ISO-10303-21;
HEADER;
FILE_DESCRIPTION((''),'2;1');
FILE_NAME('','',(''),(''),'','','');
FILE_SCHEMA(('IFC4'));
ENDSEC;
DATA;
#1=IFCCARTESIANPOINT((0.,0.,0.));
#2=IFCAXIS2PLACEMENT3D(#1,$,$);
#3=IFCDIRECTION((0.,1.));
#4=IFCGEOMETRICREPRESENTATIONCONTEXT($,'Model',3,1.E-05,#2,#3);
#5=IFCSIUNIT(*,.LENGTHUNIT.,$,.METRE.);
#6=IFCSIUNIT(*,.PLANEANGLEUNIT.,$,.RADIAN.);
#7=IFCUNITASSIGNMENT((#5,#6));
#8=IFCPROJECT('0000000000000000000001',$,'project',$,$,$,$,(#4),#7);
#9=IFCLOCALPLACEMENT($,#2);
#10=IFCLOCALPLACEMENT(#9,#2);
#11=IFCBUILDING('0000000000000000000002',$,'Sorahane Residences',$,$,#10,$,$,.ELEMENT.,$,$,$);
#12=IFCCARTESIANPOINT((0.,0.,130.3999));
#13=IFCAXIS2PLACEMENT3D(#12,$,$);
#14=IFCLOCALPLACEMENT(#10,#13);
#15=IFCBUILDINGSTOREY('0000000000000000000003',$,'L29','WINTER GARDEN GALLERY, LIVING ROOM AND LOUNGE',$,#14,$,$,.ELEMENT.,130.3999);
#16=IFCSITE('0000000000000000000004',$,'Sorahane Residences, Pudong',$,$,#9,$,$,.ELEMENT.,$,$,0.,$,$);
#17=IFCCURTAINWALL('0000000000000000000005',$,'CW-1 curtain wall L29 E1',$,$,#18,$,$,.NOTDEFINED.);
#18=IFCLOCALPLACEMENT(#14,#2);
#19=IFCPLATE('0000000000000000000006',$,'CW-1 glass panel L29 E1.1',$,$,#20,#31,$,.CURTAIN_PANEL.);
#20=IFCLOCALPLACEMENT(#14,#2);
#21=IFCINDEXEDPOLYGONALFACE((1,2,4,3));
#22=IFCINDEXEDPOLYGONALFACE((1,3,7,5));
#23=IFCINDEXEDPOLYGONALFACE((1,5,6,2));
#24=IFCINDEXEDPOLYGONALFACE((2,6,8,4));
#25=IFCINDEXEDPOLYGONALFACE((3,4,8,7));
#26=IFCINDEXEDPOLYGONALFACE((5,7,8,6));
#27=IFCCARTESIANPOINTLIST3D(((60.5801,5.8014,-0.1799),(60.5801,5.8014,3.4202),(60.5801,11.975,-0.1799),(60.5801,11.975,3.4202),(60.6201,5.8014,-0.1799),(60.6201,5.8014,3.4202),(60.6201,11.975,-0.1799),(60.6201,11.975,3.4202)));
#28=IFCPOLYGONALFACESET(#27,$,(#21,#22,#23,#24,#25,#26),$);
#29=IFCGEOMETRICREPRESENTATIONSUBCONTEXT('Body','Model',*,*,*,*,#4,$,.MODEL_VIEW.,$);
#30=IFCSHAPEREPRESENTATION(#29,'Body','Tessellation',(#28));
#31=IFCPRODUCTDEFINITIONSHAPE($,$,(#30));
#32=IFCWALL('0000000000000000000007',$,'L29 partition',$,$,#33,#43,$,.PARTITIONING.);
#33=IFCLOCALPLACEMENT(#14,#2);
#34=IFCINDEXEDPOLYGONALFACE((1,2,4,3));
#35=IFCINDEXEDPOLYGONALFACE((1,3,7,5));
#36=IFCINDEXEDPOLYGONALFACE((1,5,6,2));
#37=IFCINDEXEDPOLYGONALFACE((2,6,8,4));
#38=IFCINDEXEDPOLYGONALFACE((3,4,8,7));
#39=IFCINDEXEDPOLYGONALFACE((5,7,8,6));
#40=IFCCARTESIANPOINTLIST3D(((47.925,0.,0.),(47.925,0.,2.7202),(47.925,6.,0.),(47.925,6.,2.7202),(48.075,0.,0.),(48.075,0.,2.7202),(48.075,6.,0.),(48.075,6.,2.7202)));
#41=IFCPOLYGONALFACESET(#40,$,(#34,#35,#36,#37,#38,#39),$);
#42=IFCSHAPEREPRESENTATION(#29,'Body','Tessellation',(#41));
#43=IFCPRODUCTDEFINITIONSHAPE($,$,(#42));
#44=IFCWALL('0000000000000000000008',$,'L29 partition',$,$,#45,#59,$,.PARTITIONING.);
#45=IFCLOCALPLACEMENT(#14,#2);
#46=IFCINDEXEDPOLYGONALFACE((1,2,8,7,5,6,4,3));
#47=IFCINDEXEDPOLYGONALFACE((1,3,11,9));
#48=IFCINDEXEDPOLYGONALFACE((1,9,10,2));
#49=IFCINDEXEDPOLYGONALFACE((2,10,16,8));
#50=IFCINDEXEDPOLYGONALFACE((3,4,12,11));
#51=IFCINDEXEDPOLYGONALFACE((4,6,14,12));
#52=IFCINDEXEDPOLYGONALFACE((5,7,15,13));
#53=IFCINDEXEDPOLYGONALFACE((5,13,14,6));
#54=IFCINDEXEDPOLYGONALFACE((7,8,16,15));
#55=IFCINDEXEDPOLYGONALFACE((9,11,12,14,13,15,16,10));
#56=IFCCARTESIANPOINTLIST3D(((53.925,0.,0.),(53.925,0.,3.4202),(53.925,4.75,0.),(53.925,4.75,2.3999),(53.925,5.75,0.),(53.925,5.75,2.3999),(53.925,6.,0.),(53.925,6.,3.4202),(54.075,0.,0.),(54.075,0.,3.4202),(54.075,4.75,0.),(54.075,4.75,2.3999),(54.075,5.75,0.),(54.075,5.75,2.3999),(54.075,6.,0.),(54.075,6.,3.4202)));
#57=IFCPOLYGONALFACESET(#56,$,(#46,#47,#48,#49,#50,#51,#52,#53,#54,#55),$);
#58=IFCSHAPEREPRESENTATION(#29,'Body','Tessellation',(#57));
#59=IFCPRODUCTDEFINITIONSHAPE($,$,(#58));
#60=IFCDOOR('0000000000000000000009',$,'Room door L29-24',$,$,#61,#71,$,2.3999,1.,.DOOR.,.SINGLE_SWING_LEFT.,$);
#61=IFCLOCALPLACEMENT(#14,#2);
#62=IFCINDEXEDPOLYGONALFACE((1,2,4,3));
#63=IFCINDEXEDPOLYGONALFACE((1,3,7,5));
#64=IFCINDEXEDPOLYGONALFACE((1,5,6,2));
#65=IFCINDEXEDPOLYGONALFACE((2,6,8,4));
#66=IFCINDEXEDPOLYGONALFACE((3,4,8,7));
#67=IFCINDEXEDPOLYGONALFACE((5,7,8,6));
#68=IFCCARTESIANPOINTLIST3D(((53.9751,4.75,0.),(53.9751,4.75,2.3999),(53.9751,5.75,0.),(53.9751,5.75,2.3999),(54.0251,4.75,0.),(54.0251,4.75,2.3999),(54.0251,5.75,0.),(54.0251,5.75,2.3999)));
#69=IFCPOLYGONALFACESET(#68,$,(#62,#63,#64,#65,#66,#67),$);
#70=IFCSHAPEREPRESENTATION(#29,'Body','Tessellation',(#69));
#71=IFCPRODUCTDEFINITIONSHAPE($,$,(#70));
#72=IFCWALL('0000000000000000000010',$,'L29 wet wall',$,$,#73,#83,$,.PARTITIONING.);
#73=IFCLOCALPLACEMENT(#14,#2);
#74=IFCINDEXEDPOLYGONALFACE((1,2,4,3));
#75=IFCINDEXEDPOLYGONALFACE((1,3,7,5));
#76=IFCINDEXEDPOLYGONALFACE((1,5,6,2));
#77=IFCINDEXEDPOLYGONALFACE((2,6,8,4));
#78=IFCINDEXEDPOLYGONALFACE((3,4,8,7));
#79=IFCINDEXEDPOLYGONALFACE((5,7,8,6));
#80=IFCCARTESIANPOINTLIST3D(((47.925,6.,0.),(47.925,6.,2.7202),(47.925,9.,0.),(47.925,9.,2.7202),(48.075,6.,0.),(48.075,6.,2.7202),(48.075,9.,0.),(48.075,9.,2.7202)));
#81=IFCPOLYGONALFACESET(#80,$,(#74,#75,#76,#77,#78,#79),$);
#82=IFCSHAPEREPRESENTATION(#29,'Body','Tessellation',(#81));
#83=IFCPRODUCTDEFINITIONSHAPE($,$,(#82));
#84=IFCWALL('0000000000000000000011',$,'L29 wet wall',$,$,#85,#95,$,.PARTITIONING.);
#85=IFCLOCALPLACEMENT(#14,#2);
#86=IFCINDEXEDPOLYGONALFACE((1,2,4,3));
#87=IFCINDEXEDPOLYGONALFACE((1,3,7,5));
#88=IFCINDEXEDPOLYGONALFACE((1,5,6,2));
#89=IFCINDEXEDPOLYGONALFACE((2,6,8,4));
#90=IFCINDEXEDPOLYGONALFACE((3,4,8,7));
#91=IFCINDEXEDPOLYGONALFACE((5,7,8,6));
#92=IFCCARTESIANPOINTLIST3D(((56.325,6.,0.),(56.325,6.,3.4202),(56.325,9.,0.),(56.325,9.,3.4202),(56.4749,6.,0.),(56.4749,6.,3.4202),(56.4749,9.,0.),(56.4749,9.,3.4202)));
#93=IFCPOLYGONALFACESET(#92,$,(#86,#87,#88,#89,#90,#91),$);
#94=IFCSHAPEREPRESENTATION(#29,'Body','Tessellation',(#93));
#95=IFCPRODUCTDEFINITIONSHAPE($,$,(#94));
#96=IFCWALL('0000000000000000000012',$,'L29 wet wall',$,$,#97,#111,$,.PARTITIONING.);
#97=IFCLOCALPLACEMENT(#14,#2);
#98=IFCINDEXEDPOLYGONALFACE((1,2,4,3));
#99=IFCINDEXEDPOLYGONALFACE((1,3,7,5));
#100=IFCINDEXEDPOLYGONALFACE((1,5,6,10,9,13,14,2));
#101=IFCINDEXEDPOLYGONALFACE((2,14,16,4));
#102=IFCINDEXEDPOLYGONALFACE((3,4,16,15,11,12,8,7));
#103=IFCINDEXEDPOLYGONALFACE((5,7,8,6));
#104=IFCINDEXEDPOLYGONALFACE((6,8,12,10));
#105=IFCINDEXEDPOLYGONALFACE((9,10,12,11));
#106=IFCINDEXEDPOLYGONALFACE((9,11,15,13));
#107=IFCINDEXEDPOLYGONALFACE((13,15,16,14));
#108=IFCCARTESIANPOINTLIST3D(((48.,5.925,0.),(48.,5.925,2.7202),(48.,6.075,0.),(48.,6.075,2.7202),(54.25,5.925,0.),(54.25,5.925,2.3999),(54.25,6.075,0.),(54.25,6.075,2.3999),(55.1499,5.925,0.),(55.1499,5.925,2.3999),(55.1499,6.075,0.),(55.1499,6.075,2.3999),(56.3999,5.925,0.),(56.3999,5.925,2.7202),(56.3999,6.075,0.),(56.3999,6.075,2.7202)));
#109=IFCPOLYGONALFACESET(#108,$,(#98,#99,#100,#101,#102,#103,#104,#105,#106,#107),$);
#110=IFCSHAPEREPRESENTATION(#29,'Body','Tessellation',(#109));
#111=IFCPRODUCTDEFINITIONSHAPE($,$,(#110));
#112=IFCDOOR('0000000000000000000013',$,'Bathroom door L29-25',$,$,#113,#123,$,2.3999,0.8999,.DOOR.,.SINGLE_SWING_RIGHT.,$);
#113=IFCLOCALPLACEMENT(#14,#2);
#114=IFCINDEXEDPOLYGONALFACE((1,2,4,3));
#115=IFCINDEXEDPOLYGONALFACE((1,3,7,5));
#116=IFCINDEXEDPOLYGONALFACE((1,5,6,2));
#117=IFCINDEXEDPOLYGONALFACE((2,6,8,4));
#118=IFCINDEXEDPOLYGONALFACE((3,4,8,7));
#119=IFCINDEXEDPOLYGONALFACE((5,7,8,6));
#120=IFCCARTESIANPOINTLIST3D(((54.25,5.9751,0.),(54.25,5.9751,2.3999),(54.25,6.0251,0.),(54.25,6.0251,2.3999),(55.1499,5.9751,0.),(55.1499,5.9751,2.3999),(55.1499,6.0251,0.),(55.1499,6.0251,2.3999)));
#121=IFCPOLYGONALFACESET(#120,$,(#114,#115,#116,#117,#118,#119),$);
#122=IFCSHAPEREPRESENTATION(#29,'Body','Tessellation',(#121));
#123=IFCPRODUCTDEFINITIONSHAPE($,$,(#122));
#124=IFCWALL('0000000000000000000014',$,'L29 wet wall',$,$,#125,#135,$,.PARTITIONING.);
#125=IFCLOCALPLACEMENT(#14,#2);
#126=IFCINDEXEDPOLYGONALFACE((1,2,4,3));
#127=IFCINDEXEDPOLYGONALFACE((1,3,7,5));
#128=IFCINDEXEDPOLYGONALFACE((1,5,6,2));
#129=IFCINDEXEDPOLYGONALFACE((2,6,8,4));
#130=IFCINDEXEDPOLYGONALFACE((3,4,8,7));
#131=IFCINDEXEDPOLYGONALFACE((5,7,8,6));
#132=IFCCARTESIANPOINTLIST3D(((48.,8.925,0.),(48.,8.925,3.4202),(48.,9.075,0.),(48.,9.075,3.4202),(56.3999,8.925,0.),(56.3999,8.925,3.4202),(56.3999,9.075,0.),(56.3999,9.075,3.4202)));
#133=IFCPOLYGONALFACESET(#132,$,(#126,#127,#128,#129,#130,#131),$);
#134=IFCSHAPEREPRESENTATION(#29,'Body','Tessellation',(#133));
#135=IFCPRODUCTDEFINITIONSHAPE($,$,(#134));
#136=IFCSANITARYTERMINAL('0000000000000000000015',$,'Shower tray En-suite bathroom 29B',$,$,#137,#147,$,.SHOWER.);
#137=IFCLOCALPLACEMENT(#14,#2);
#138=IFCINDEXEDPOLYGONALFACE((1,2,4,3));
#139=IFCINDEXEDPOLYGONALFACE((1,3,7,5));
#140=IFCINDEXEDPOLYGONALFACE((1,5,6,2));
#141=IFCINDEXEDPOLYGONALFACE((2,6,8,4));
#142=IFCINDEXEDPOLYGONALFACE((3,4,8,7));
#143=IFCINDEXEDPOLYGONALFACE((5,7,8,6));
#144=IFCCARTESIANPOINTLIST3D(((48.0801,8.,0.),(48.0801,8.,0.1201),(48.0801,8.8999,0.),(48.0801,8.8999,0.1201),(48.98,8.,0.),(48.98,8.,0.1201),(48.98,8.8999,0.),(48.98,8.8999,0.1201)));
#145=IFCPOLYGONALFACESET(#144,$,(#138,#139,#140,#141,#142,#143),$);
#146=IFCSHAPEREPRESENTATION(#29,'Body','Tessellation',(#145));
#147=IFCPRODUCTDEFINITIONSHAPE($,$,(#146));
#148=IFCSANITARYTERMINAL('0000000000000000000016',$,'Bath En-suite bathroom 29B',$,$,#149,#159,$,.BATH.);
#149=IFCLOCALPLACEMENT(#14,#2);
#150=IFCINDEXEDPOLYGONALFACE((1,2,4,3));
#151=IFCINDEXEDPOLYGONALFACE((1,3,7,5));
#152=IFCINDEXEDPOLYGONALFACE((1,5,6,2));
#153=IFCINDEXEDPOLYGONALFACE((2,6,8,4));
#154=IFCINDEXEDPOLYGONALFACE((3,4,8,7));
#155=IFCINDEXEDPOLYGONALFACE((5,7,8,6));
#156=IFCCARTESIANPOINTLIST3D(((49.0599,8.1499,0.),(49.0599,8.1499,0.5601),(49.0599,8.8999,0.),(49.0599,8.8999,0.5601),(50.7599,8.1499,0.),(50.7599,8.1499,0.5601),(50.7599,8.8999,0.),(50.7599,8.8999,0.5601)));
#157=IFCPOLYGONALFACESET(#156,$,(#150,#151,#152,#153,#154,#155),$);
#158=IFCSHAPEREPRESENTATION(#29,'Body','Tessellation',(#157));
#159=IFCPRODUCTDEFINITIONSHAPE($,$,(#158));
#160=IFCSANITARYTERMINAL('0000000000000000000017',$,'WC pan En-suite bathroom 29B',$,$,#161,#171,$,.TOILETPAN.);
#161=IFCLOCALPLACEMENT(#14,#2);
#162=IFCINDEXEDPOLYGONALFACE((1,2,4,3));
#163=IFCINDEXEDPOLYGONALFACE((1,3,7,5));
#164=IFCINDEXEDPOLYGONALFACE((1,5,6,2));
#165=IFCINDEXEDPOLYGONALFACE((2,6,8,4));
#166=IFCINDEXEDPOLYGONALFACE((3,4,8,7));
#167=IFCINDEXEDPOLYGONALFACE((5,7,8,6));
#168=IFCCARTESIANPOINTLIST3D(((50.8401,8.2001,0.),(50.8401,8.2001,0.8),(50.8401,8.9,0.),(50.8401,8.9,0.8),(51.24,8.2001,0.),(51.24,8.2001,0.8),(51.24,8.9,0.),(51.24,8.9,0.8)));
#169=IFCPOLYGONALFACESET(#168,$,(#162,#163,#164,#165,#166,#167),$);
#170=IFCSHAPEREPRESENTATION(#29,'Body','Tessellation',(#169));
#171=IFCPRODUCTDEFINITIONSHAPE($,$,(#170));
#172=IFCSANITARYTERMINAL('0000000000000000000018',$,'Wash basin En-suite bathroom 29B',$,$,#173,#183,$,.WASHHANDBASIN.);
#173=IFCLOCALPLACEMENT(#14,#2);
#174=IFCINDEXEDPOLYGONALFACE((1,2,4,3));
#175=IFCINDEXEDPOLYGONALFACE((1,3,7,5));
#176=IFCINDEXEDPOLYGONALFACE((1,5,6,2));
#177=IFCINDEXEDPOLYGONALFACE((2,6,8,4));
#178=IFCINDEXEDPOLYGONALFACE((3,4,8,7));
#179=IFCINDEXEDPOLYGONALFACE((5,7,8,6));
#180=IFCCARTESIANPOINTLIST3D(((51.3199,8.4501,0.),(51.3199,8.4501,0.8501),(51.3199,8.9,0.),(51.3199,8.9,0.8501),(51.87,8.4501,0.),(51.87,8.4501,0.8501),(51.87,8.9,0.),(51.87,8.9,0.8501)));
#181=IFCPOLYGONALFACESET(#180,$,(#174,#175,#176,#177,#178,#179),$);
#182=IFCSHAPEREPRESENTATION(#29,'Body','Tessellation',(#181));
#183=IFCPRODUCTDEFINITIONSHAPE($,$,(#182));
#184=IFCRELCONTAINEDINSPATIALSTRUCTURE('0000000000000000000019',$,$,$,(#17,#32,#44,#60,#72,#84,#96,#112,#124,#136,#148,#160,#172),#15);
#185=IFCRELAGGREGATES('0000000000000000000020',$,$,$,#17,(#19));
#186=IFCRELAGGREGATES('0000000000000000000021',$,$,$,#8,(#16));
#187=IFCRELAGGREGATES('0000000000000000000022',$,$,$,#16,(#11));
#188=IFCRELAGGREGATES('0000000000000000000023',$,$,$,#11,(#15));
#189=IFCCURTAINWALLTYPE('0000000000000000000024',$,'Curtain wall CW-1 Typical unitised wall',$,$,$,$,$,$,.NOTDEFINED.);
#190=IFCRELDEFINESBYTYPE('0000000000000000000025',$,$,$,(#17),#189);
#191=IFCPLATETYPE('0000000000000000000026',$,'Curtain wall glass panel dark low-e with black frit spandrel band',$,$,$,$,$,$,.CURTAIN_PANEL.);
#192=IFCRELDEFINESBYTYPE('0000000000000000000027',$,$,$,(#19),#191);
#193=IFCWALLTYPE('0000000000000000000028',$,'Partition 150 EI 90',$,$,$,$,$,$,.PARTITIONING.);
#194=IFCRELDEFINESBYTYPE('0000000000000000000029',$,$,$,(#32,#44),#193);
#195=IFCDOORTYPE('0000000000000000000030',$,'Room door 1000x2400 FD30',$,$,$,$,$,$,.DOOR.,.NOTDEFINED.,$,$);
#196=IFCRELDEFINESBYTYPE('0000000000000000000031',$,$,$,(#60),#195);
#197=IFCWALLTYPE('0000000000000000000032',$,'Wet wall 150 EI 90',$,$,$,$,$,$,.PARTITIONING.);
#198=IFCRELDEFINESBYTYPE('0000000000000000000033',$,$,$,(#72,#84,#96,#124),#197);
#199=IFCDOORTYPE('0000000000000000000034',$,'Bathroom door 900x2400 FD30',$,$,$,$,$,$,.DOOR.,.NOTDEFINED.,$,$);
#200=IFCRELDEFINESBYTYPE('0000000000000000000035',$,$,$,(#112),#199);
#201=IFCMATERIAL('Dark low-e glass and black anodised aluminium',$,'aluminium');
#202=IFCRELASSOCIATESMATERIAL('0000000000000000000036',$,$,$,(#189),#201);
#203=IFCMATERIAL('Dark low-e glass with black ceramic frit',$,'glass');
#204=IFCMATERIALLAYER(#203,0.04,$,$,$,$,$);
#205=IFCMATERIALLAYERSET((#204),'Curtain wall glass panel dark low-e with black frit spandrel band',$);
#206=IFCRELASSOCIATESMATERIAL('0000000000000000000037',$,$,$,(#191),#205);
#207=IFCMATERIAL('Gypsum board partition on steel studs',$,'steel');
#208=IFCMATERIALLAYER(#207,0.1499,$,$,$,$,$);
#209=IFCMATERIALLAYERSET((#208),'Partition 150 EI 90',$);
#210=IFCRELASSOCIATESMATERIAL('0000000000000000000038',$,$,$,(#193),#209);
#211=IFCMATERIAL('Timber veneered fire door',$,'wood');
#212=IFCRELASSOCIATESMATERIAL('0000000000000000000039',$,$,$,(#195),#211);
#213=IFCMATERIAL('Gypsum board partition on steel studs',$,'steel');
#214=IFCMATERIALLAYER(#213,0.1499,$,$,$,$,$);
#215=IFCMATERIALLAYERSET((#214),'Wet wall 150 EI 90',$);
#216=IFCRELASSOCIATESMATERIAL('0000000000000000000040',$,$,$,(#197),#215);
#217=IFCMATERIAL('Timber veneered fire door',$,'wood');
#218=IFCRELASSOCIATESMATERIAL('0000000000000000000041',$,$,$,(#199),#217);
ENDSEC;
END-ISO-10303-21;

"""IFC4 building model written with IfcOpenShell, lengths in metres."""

from ifc_helpers import new_model, si_unit, direction, frame, frame_2d, origin, origin_2d, place, context, subcontext, project, spatial, rectangle, extrude, material, layer, layer_set, type_object, element, fill, aggregate, save


model = new_model("IFC4")

# Units and contexts
model_context = context("Model", 3, precision=1e-05, world=origin(), true_north=direction((0.0, 1.0)))
body_context = subcontext(model_context, "Body", "Model", "MODEL_VIEW")
ifc_project = project(units=[si_unit("LENGTHUNIT", "METRE"), si_unit("PLANEANGLEUNIT", "RADIAN")], contexts=[model_context])

# Site, building, storey
site_placement = place(None, origin())
site = spatial("IfcSite", under=ifc_project, at=site_placement, Name="Sorahane Residences, Pudong", CompositionType="ELEMENT", RefElevation=0.0)
building_placement = place(site_placement, origin())
building = spatial("IfcBuilding", under=site, at=building_placement, Name="Sorahane Residences", CompositionType="ELEMENT")
storey_placement = place(building_placement, frame((0.0, 0.0, 130.3999)))
storey = spatial("IfcBuildingStorey", under=building, at=storey_placement, Name="L29", Description="WINTER GARDEN GALLERY, LIVING ROOM AND LOUNGE", CompositionType="ELEMENT", Elevation=130.3999)

# Shared definitions
ifc_material_1 = material(Name="Dark low-e glass and black anodised aluminium", Category="aluminium")
curtain_wall_type_1 = type_object("IfcCurtainWallType", Name="Curtain wall CW-1 Typical unitised wall", PredefinedType="NOTDEFINED", material=ifc_material_1)

# Curtain wall
curtain_wall_1_placement = place(storey_placement, origin())
curtain_wall_1 = element("IfcCurtainWall", 1, at=curtain_wall_1_placement, inside=storey, type_object=curtain_wall_type_1, Name="CW-1 curtain wall L29 E1", PredefinedType="NOTDEFINED")

# Plate
ifc_material_2 = material(Name="Dark low-e glass with black ceramic frit", Category="glass")
ifc_layer_1 = layer(ifc_material_2, 0.04)
ifc_layer_set_1 = layer_set([ifc_layer_1], Name="Curtain wall glass panel dark low-e with black frit spandrel band")
plate_type = type_object("IfcPlateType", Name="Curtain wall glass panel dark low-e with black frit spandrel band", PredefinedType="CURTAIN_PANEL", material=ifc_layer_set_1)
plate_1_placement = place(storey_placement, frame((60.6001, 8.8882, -0.1799), z_axis=(0.0, 0.0, 1.0), x_axis=(0.0, 1.0, 0.0)))
plate_1 = element("IfcPlate", 2, at=plate_1_placement, type_object=plate_type, Name="CW-1 glass panel L29 E1.1", PredefinedType="CURTAIN_PANEL", context=body_context, shape_type="SweptSolid", body=[
    extrude(rectangle(XDim=6.1736, YDim=0.04, at=origin_2d()), origin(), (0.0, 0.0, 1.0), 3.6001),
])
aggregate(curtain_wall_1, [plate_1])

# Wall
ifc_material_3 = material(Name="Gypsum board partition on steel studs", Category="steel")
ifc_layer_2 = layer(ifc_material_3, 0.1499)
ifc_layer_set_2 = layer_set([ifc_layer_2], Name="Partition 150 EI 90")
wall_type_1 = type_object("IfcWallType", Name="Partition 150 EI 90", PredefinedType="PARTITIONING", material=ifc_layer_set_2)
wall_1_placement = place(storey_placement, frame((48.0, 0.0, 0.0), z_axis=(0.0, 0.0, 1.0), x_axis=(0.0, 1.0, 0.0)))
element("IfcWall", 3, at=wall_1_placement, inside=storey, type_object=wall_type_1, Name="L29 partition", PredefinedType="PARTITIONING", context=body_context, shape_type="SweptSolid", body=[
    extrude(rectangle(XDim=6.0, YDim=0.1499, at=frame_2d((3.0, 0.0))), origin(), (0.0, 0.0, 1.0), 2.7202),
])

# Wall, opening, door
wall_2_placement = place(storey_placement, frame((54.0, 0.0, 0.0), z_axis=(0.0, 0.0, 1.0), x_axis=(0.0, 1.0, 0.0)))
wall_2 = element("IfcWall", 4, at=wall_2_placement, inside=storey, type_object=wall_type_1, Name="L29 partition", PredefinedType="PARTITIONING", context=body_context, shape_type="SweptSolid", body=[
    extrude(rectangle(XDim=6.0, YDim=0.1499, at=frame_2d((3.0, 0.0))), origin(), (0.0, 0.0, 1.0), 3.4202),
])
opening_1_placement = place(wall_2_placement, frame((4.75, 0.0, 0.0)))
opening_1 = element("IfcOpeningElement", 5, at=opening_1_placement, cuts=wall_2, PredefinedType="OPENING", context=body_context, shape_type="SweptSolid", body=[
    extrude(rectangle(XDim=1.0, YDim=2.3999, at=frame_2d((0.5, 1.2))), frame((0.0, 0.085, 0.0), z_axis=(0.0, -1.0, 0.0), x_axis=(1.0, 0.0, 0.0)), (0.0, 0.0, 1.0), 0.1699),
])
ifc_material_4 = material(Name="Timber veneered fire door", Category="wood")
door_type_1 = type_object("IfcDoorType", Name="Room door 1000x2400 FD30", OperationType="NOTDEFINED", PredefinedType="DOOR", material=ifc_material_4)
door_1_placement = place(opening_1_placement, origin())
door_1 = element("IfcDoor", 6, at=door_1_placement, inside=storey, type_object=door_type_1, Name="Room door L29-24", OperationType="SINGLE_SWING_LEFT", OverallHeight=2.3999, OverallWidth=1.0, PredefinedType="DOOR", context=body_context, shape_type="SweptSolid", body=[
    extrude(rectangle(XDim=1.0, YDim=2.3999, at=frame_2d((0.5, 1.2))), frame((0.0, 0.0249, 0.0), z_axis=(0.0, -1.0, 0.0), x_axis=(1.0, 0.0, 0.0)), (0.0, 0.0, 1.0), 0.05),
])
fill(opening_1, door_1)

# Walls
ifc_material_5 = material(Name="Gypsum board partition on steel studs", Category="steel")
ifc_layer_3 = layer(ifc_material_5, 0.1499)
ifc_layer_set_3 = layer_set([ifc_layer_3], Name="Wet wall 150 EI 90")
wall_type_2 = type_object("IfcWallType", Name="Wet wall 150 EI 90", PredefinedType="PARTITIONING", material=ifc_layer_set_3)
wall_3_placement = place(storey_placement, frame((48.0, 6.0, 0.0), z_axis=(0.0, 0.0, 1.0), x_axis=(0.0, 1.0, 0.0)))
element("IfcWall", 7, at=wall_3_placement, inside=storey, type_object=wall_type_2, Name="L29 wet wall", PredefinedType="PARTITIONING", context=body_context, shape_type="SweptSolid", body=[
    extrude(rectangle(XDim=3.0, YDim=0.1499, at=frame_2d((1.5, 0.0))), origin(), (0.0, 0.0, 1.0), 2.7202),
])
wall_4_placement = place(storey_placement, frame((56.3999, 6.0, 0.0), z_axis=(0.0, 0.0, 1.0), x_axis=(0.0, 1.0, 0.0)))
element("IfcWall", 8, at=wall_4_placement, inside=storey, type_object=wall_type_2, Name="L29 wet wall", PredefinedType="PARTITIONING", context=body_context, shape_type="SweptSolid", body=[
    extrude(rectangle(XDim=3.0, YDim=0.1499, at=frame_2d((1.5, 0.0))), origin(), (0.0, 0.0, 1.0), 3.4202),
])

# Wall, opening, door
wall_5_placement = place(storey_placement, frame((48.0, 6.0, 0.0), z_axis=(0.0, 0.0, 1.0), x_axis=(1.0, 0.0, 0.0)))
wall_5 = element("IfcWall", 9, at=wall_5_placement, inside=storey, type_object=wall_type_2, Name="L29 wet wall", PredefinedType="PARTITIONING", context=body_context, shape_type="SweptSolid", body=[
    extrude(rectangle(XDim=8.3999, YDim=0.1499, at=frame_2d((4.2, 0.0))), origin(), (0.0, 0.0, 1.0), 2.7202),
])
opening_2_placement = place(wall_5_placement, frame((6.25, 0.0, 0.0)))
opening_2 = element("IfcOpeningElement", 10, at=opening_2_placement, cuts=wall_5, PredefinedType="OPENING", context=body_context, shape_type="SweptSolid", body=[
    extrude(rectangle(XDim=0.8999, YDim=2.3999, at=frame_2d((0.45, 1.2))), frame((0.0, 0.085, 0.0), z_axis=(0.0, -1.0, 0.0), x_axis=(1.0, 0.0, 0.0)), (0.0, 0.0, 1.0), 0.1699),
])
ifc_material_6 = material(Name="Timber veneered fire door", Category="wood")
door_type_2 = type_object("IfcDoorType", Name="Bathroom door 900x2400 FD30", OperationType="NOTDEFINED", PredefinedType="DOOR", material=ifc_material_6)
door_2_placement = place(opening_2_placement, frame((0.8999, 0.0, 0.0), z_axis=(0.0, 0.0, 1.0), x_axis=(-1.0, 0.0, 0.0)))
door_2 = element("IfcDoor", 11, at=door_2_placement, inside=storey, type_object=door_type_2, Name="Bathroom door L29-25", OperationType="SINGLE_SWING_RIGHT", OverallHeight=2.3999, OverallWidth=0.8999, PredefinedType="DOOR", context=body_context, shape_type="SweptSolid", body=[
    extrude(rectangle(XDim=0.8999, YDim=2.3999, at=frame_2d((0.45, 1.2))), frame((0.0, 0.0249, 0.0), z_axis=(0.0, -1.0, 0.0), x_axis=(1.0, 0.0, 0.0)), (0.0, 0.0, 1.0), 0.05),
])
fill(opening_2, door_2)

# Wall
wall_6_placement = place(storey_placement, frame((48.0, 9.0, 0.0), z_axis=(0.0, 0.0, 1.0), x_axis=(1.0, 0.0, 0.0)))
element("IfcWall", 12, at=wall_6_placement, inside=storey, type_object=wall_type_2, Name="L29 wet wall", PredefinedType="PARTITIONING", context=body_context, shape_type="SweptSolid", body=[
    extrude(rectangle(XDim=8.3999, YDim=0.1499, at=frame_2d((4.2, 0.0))), origin(), (0.0, 0.0, 1.0), 3.4202),
])

# Sanitary terminals
sanitary_terminal_1_placement = place(storey_placement, frame((48.53, 8.45, 0.0), z_axis=(0.0, 0.0, 1.0), x_axis=(1.0, 0.0, 0.0)))
element("IfcSanitaryTerminal", 13, at=sanitary_terminal_1_placement, inside=storey, Name="Shower tray En-suite bathroom 29B", PredefinedType="SHOWER", context=body_context, shape_type="SweptSolid", body=[
    extrude(rectangle(XDim=0.8999, YDim=0.8999, at=origin_2d()), origin(), (0.0, 0.0, 1.0), 0.1201),
])
sanitary_terminal_2_placement = place(storey_placement, frame((49.9099, 8.5249, 0.0), z_axis=(0.0, 0.0, 1.0), x_axis=(1.0, 0.0, 0.0)))
element("IfcSanitaryTerminal", 14, at=sanitary_terminal_2_placement, inside=storey, Name="Bath En-suite bathroom 29B", PredefinedType="BATH", context=body_context, shape_type="SweptSolid", body=[
    extrude(rectangle(XDim=1.7, YDim=0.75, at=origin_2d()), origin(), (0.0, 0.0, 1.0), 0.5601),
])
sanitary_terminal_3_placement = place(storey_placement, frame((51.04, 8.55, 0.0), z_axis=(0.0, 0.0, 1.0), x_axis=(1.0, 0.0, 0.0)))
element("IfcSanitaryTerminal", 15, at=sanitary_terminal_3_placement, inside=storey, Name="WC pan En-suite bathroom 29B", PredefinedType="TOILETPAN", context=body_context, shape_type="SweptSolid", body=[
    extrude(rectangle(XDim=0.3999, YDim=0.7, at=origin_2d()), origin(), (0.0, 0.0, 1.0), 0.8),
])
sanitary_terminal_4_placement = place(storey_placement, frame((51.595, 8.675, 0.0), z_axis=(0.0, 0.0, 1.0), x_axis=(1.0, 0.0, 0.0)))
element("IfcSanitaryTerminal", 16, at=sanitary_terminal_4_placement, inside=storey, Name="Wash basin En-suite bathroom 29B", PredefinedType="WASHHANDBASIN", context=body_context, shape_type="SweptSolid", body=[
    extrude(rectangle(XDim=0.55, YDim=0.45, at=origin_2d()), origin(), (0.0, 0.0, 1.0), 0.8501),
])

save(model, "model.ifc")
